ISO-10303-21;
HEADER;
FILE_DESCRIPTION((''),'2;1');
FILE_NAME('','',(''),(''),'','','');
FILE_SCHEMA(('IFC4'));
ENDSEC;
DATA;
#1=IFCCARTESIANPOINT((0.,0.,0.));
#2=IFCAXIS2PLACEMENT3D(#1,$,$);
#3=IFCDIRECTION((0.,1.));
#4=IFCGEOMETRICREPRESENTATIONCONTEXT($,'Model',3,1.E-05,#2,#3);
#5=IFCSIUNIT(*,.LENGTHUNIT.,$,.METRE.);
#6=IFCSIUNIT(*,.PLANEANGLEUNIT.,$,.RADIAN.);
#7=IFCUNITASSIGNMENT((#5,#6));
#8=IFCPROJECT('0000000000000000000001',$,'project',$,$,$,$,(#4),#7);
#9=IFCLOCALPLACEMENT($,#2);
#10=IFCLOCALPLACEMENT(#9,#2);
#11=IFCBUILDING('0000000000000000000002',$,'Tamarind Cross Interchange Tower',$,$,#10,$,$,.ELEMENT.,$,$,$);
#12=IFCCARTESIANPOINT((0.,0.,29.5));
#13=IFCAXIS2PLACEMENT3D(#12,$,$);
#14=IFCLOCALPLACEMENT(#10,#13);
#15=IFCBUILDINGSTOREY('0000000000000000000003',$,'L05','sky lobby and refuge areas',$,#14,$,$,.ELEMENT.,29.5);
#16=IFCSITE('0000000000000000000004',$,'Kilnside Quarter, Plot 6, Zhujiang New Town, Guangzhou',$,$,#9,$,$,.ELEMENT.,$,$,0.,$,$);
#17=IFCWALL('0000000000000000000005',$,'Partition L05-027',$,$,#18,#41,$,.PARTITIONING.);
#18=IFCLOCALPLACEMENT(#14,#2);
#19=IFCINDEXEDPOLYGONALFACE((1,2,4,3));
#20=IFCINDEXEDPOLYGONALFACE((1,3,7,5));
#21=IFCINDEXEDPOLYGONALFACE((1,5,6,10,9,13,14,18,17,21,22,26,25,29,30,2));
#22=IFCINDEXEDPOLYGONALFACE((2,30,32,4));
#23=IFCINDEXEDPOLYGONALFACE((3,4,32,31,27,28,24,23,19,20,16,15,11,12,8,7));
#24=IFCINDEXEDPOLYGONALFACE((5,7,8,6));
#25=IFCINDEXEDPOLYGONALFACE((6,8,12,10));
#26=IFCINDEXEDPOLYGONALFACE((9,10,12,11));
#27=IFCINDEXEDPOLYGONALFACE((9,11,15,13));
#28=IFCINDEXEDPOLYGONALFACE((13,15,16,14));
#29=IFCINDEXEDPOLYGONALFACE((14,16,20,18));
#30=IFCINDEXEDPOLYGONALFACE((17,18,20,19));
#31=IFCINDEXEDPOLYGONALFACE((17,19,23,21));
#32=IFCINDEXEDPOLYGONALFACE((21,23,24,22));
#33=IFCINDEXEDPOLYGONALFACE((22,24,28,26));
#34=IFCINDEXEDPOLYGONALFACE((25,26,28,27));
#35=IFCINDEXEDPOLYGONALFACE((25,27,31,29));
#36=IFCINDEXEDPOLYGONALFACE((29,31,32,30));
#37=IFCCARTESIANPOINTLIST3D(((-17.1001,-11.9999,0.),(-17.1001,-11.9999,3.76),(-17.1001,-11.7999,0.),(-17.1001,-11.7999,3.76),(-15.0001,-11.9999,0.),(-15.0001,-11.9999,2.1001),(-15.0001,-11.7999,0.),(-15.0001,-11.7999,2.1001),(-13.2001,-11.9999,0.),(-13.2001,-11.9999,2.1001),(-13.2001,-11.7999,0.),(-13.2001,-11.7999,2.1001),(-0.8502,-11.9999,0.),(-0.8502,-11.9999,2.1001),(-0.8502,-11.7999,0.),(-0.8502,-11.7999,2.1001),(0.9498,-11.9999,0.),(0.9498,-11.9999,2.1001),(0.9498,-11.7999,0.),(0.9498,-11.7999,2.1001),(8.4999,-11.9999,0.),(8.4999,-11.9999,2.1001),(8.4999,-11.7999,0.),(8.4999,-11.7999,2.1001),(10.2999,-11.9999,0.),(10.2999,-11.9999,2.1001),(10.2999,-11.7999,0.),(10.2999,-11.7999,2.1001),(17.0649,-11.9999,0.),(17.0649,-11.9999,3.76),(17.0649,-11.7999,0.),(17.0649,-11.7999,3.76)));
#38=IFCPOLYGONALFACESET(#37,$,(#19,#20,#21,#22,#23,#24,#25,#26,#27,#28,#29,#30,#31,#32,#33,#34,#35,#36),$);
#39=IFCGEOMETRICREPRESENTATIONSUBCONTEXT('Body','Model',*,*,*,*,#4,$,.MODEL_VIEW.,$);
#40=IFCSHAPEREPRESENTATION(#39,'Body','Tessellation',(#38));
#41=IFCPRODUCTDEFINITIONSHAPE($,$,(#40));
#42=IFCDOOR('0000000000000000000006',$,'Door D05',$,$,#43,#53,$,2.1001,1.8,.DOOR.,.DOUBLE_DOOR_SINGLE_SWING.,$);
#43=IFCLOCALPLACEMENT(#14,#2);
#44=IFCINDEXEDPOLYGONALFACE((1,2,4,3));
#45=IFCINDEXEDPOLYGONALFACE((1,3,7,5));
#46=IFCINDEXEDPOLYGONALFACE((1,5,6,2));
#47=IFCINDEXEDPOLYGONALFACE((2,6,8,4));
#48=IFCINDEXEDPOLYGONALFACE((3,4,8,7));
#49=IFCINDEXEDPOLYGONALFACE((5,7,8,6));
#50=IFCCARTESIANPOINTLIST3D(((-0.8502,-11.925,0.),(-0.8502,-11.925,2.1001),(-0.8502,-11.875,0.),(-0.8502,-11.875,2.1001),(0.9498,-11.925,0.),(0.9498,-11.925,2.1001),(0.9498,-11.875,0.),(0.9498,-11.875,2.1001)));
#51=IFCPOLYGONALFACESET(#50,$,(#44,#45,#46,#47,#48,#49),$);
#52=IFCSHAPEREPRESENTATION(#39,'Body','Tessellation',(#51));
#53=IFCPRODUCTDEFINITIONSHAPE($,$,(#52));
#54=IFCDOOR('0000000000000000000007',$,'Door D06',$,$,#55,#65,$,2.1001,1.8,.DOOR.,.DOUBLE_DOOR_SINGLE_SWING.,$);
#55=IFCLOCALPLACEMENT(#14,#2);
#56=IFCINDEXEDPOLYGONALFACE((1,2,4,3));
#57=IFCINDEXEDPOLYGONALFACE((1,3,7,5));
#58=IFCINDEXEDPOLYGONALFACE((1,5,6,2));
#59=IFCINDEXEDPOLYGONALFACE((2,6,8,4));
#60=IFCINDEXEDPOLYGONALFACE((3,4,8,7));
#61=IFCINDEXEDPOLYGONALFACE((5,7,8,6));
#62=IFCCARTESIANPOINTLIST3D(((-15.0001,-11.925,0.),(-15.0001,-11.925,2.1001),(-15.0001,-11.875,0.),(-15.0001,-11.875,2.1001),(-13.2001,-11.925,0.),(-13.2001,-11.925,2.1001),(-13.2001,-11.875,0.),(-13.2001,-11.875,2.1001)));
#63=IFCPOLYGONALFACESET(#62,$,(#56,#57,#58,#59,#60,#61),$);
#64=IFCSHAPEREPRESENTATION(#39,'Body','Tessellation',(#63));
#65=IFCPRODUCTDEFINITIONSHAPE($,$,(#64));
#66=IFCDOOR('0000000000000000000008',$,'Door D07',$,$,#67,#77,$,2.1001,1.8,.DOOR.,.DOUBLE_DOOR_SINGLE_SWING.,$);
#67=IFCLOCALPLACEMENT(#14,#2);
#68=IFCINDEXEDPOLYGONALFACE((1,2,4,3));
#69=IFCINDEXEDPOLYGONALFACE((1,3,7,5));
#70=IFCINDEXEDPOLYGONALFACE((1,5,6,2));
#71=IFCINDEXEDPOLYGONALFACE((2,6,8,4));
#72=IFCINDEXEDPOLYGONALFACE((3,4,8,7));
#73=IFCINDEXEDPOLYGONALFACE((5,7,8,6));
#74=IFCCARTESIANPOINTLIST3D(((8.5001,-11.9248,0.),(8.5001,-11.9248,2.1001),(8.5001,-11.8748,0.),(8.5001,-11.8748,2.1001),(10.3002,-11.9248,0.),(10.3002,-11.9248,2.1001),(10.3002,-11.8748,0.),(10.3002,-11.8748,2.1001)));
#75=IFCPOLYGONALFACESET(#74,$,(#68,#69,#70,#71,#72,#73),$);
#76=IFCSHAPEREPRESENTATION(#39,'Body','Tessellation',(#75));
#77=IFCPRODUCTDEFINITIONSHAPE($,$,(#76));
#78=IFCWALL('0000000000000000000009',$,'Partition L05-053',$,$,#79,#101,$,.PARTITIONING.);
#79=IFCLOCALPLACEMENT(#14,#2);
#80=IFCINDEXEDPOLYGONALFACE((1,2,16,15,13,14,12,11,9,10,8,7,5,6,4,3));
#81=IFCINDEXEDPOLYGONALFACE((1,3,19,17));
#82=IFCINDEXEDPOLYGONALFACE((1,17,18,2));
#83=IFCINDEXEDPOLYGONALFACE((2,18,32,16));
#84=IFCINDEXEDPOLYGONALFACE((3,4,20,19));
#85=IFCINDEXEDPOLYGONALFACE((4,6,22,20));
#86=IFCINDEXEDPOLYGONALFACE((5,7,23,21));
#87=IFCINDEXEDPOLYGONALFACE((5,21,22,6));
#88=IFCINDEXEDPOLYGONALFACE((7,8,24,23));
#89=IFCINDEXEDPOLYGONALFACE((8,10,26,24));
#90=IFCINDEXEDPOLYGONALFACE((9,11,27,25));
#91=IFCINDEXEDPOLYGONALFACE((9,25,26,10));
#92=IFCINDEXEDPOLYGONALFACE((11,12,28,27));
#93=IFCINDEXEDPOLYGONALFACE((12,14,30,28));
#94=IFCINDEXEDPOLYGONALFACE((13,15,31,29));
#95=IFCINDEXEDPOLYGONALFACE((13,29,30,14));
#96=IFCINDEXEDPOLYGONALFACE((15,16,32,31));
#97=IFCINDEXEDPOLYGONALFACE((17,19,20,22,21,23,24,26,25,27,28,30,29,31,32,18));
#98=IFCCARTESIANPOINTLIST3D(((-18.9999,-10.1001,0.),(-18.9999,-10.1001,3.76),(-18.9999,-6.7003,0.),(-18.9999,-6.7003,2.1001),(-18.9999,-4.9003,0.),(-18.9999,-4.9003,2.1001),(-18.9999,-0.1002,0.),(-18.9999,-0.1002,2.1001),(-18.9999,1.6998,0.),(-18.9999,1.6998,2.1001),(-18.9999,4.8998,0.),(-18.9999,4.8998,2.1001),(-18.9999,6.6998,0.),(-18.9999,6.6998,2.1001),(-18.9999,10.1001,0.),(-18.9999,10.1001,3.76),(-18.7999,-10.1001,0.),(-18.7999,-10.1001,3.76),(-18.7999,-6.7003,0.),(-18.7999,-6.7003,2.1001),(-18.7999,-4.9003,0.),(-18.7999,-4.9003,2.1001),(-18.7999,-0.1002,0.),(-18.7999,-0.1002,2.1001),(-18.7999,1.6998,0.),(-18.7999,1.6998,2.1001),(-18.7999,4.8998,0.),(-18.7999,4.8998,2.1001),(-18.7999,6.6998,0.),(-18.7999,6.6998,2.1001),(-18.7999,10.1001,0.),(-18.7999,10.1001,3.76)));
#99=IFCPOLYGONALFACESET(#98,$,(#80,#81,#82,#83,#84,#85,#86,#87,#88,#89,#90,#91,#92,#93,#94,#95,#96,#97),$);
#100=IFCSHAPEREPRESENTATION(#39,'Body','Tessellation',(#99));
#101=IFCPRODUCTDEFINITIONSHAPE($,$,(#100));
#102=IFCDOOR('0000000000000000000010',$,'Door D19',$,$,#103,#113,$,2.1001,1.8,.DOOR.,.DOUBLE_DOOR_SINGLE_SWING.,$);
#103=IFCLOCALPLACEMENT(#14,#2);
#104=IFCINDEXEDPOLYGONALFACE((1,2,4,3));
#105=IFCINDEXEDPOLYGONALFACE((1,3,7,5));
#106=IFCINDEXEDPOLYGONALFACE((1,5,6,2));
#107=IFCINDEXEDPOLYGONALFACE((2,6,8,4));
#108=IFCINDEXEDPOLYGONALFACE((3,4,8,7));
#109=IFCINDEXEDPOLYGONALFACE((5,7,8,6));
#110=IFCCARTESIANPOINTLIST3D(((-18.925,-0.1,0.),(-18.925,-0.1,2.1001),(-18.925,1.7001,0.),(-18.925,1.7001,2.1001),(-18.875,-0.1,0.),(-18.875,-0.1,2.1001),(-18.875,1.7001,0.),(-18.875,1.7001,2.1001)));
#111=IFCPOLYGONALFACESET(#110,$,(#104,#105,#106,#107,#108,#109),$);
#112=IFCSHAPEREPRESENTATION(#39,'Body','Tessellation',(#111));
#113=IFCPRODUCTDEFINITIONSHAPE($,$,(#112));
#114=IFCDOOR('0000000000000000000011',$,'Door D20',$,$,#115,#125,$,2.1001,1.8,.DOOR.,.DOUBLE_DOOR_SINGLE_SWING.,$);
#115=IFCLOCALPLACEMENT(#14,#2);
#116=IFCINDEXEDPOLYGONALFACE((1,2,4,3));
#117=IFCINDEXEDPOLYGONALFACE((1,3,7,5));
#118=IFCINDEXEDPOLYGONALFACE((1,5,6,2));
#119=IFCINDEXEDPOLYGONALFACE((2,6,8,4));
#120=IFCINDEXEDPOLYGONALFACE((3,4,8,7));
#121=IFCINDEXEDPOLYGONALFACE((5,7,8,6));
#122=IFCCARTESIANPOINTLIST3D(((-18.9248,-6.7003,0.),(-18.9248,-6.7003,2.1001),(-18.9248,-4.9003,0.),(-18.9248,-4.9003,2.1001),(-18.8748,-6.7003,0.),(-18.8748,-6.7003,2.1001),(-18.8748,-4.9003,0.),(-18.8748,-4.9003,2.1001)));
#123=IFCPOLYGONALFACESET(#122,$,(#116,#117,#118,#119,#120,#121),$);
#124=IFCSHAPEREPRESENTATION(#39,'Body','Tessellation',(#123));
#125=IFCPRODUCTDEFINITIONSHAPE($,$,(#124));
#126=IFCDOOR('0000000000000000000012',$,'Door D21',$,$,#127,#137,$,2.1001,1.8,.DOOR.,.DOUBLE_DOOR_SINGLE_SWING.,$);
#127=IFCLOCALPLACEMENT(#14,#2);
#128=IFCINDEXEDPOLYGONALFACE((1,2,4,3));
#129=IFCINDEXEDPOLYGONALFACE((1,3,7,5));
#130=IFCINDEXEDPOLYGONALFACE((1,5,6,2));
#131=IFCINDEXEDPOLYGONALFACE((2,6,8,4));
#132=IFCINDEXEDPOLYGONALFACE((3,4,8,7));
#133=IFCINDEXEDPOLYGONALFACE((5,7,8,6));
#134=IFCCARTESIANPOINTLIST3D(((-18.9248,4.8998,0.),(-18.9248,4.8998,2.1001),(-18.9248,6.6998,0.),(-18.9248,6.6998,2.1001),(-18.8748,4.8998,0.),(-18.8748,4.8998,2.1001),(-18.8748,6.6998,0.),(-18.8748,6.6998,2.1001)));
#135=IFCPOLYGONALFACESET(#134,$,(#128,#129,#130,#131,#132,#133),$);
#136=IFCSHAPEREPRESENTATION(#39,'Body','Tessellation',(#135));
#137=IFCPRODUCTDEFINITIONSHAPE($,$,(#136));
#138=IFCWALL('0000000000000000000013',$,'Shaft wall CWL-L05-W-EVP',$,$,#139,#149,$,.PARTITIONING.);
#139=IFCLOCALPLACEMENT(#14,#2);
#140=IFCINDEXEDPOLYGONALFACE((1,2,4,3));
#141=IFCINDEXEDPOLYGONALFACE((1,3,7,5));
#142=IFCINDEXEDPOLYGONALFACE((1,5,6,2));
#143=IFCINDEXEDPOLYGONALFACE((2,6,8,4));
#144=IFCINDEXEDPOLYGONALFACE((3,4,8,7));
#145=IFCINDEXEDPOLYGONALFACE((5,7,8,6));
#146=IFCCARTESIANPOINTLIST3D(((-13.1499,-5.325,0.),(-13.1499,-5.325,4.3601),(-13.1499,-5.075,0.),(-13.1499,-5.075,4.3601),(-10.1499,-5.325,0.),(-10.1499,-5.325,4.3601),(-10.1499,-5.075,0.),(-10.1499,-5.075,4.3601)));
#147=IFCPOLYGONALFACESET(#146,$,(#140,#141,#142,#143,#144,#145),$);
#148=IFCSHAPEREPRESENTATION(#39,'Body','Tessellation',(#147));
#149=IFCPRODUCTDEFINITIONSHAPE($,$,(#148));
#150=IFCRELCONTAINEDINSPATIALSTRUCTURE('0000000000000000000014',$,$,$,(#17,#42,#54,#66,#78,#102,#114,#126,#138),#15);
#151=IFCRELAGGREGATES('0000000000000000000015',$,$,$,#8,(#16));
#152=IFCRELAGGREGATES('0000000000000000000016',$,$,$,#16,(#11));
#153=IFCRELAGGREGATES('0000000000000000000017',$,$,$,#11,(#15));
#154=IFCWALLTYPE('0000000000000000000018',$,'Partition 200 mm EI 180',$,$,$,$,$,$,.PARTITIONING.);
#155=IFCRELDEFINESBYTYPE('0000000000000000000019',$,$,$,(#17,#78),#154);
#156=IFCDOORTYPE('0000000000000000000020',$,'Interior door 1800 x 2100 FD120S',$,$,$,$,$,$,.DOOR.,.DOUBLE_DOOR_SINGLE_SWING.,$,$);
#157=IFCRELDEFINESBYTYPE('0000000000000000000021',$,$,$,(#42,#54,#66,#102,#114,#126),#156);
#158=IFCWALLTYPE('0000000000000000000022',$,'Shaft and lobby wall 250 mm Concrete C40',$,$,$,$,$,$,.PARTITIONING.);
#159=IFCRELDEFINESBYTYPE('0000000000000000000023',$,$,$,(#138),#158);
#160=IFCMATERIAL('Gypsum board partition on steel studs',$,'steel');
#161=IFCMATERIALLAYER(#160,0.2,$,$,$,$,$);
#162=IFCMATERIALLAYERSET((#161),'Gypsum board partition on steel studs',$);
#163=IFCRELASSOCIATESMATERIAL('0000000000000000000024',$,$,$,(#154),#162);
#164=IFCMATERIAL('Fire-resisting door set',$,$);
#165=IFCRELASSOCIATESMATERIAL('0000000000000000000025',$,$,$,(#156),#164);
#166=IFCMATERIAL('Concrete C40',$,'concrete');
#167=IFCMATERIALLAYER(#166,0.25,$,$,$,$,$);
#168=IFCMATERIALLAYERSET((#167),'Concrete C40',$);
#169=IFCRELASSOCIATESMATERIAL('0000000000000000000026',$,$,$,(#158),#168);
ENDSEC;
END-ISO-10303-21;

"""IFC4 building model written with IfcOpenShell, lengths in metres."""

from ifc_helpers import new_model, si_unit, direction, frame, frame_2d, origin, place, context, subcontext, project, spatial, rectangle, extrude, material, layer, layer_set, type_object, element, fill, save


model = new_model("IFC4")

# Units and contexts
model_context = context("Model", 3, precision=1e-05, world=origin(), true_north=direction((0.0, 1.0)))
body_context = subcontext(model_context, "Body", "Model", "MODEL_VIEW")
ifc_project = project(units=[si_unit("LENGTHUNIT", "METRE"), si_unit("PLANEANGLEUNIT", "RADIAN")], contexts=[model_context])

# Site, building, storey
site_placement = place(None, origin())
site = spatial("IfcSite", under=ifc_project, at=site_placement, Name="Kilnside Quarter, Plot 6, Zhujiang New Town, Guangzhou", CompositionType="ELEMENT", RefElevation=0.0)
building_placement = place(site_placement, origin())
building = spatial("IfcBuilding", under=site, at=building_placement, Name="Tamarind Cross Interchange Tower", CompositionType="ELEMENT")
storey_placement = place(building_placement, frame((0.0, 0.0, 29.5)))
storey = spatial("IfcBuildingStorey", under=building, at=storey_placement, Name="L05", Description="sky lobby and refuge areas", CompositionType="ELEMENT", Elevation=29.5)

# Shared definitions
ifc_material_1 = material(Name="Gypsum board partition on steel studs", Category="steel")

# Walls, openings, doors
ifc_layer_1 = layer(ifc_material_1, 0.2)
ifc_layer_set_1 = layer_set([ifc_layer_1], Name="Gypsum board partition on steel studs")
wall_type_1 = type_object("IfcWallType", Name="Partition 200 mm EI 180", PredefinedType="PARTITIONING", material=ifc_layer_set_1)
wall_1_placement = place(storey_placement, frame((-17.1001, -11.8999, 0.0), z_axis=(0.0, 0.0, 1.0), x_axis=(1.0, 0.0, 0.0)))
wall_1 = element("IfcWall", 1, at=wall_1_placement, inside=storey, type_object=wall_type_1, Name="Partition L05-027", PredefinedType="PARTITIONING", context=body_context, shape_type="SweptSolid", body=[
    extrude(rectangle(XDim=34.165, YDim=0.2, at=frame_2d((17.0825, 0.0))), origin(), (0.0, 0.0, 1.0), 3.76),
])
opening_1_placement = place(wall_1_placement, frame((16.25, 0.0, 0.0)))
opening_1 = element("IfcOpeningElement", 2, at=opening_1_placement, cuts=wall_1, PredefinedType="OPENING", context=body_context, shape_type="SweptSolid", body=[
    extrude(rectangle(XDim=1.8, YDim=2.1001, at=frame_2d((0.8999, 1.05))), frame((0.0, 0.1099, 0.0), z_axis=(0.0, -1.0, 0.0), x_axis=(1.0, 0.0, 0.0)), (0.0, 0.0, 1.0), 0.22),
])
opening_2_placement = place(wall_1_placement, frame((2.1001, 0.0, 0.0)))
opening_2 = element("IfcOpeningElement", 3, at=opening_2_placement, cuts=wall_1, PredefinedType="OPENING", context=body_context, shape_type="SweptSolid", body=[
    extrude(rectangle(XDim=1.8, YDim=2.1001, at=frame_2d((0.8999, 1.05))), frame((0.0, 0.1099, 0.0), z_axis=(0.0, -1.0, 0.0), x_axis=(1.0, 0.0, 0.0)), (0.0, 0.0, 1.0), 0.22),
])
opening_3_placement = place(wall_1_placement, frame((25.6001, 0.0, 0.0)))
opening_3 = element("IfcOpeningElement", 4, at=opening_3_placement, cuts=wall_1, PredefinedType="OPENING", context=body_context, shape_type="SweptSolid", body=[
    extrude(rectangle(XDim=1.8, YDim=2.1001, at=frame_2d((0.8999, 1.05))), frame((0.0, 0.1099, 0.0), z_axis=(0.0, -1.0, 0.0), x_axis=(1.0, 0.0, 0.0)), (0.0, 0.0, 1.0), 0.22),
])
ifc_material_2 = material(Name="Fire-resisting door set")
door_type_1 = type_object("IfcDoorType", Name="Interior door 1800 x 2100 FD120S", OperationType="DOUBLE_DOOR_SINGLE_SWING", PredefinedType="DOOR", material=ifc_material_2)
door_1_placement = place(opening_1_placement, origin())
door_1 = element("IfcDoor", 5, at=door_1_placement, inside=storey, type_object=door_type_1, Name="Door D05", OperationType="DOUBLE_DOOR_SINGLE_SWING", OverallHeight=2.1001, OverallWidth=1.8, PredefinedType="DOOR", context=body_context, shape_type="SweptSolid", body=[
    extrude(rectangle(XDim=1.8, YDim=2.1001, at=frame_2d((0.8999, 1.05))), frame((0.0, 0.0249, 0.0), z_axis=(0.0, -1.0, 0.0), x_axis=(1.0, 0.0, 0.0)), (0.0, 0.0, 1.0), 0.05),
])
fill(opening_1, door_1)
door_2_placement = place(opening_2_placement, origin())
door_2 = element("IfcDoor", 6, at=door_2_placement, inside=storey, type_object=door_type_1, Name="Door D06", OperationType="DOUBLE_DOOR_SINGLE_SWING", OverallHeight=2.1001, OverallWidth=1.8, PredefinedType="DOOR", context=body_context, shape_type="SweptSolid", body=[
    extrude(rectangle(XDim=1.8, YDim=2.1001, at=frame_2d((0.8999, 1.05))), frame((0.0, 0.0249, 0.0), z_axis=(0.0, -1.0, 0.0), x_axis=(1.0, 0.0, 0.0)), (0.0, 0.0, 1.0), 0.05),
])
fill(opening_2, door_2)
door_3_placement = place(opening_3_placement, frame((1.8, 0.0, 0.0), z_axis=(0.0, 0.0, 1.0), x_axis=(-1.0, 0.0, 0.0)))
door_3 = element("IfcDoor", 7, at=door_3_placement, inside=storey, type_object=door_type_1, Name="Door D07", OperationType="DOUBLE_DOOR_SINGLE_SWING", OverallHeight=2.1001, OverallWidth=1.8, PredefinedType="DOOR", context=body_context, shape_type="SweptSolid", body=[
    extrude(rectangle(XDim=1.8, YDim=2.1001, at=frame_2d((0.8999, 1.05))), frame((0.0, 0.0249, 0.0), z_axis=(0.0, -1.0, 0.0), x_axis=(1.0, 0.0, 0.0)), (0.0, 0.0, 1.0), 0.05),
])
fill(opening_3, door_3)
wall_2_placement = place(storey_placement, frame((-18.8999, -10.1001, 0.0), z_axis=(0.0, 0.0, 1.0), x_axis=(0.0, 1.0, 0.0)))
wall_2 = element("IfcWall", 8, at=wall_2_placement, inside=storey, type_object=wall_type_1, Name="Partition L05-053", PredefinedType="PARTITIONING", context=body_context, shape_type="SweptSolid", body=[
    extrude(rectangle(XDim=20.2002, YDim=0.2, at=frame_2d((10.1001, 0.0))), origin(), (0.0, 0.0, 1.0), 3.76),
])
opening_4_placement = place(wall_2_placement, frame((10.0, 0.0, 0.0)))
opening_4 = element("IfcOpeningElement", 9, at=opening_4_placement, cuts=wall_2, PredefinedType="OPENING", context=body_context, shape_type="SweptSolid", body=[
    extrude(rectangle(XDim=1.8, YDim=2.1001, at=frame_2d((0.8999, 1.05))), frame((0.0, 0.1099, 0.0), z_axis=(0.0, -1.0, 0.0), x_axis=(1.0, 0.0, 0.0)), (0.0, 0.0, 1.0), 0.22),
])
opening_5_placement = place(wall_2_placement, frame((3.3999, 0.0, 0.0)))
opening_5 = element("IfcOpeningElement", 10, at=opening_5_placement, cuts=wall_2, PredefinedType="OPENING", context=body_context, shape_type="SweptSolid", body=[
    extrude(rectangle(XDim=1.8, YDim=2.1001, at=frame_2d((0.8999, 1.05))), frame((0.0, 0.1099, 0.0), z_axis=(0.0, -1.0, 0.0), x_axis=(1.0, 0.0, 0.0)), (0.0, 0.0, 1.0), 0.22),
])
opening_6_placement = place(wall_2_placement, frame((15.0, 0.0, 0.0)))
opening_6 = element("IfcOpeningElement", 11, at=opening_6_placement, cuts=wall_2, PredefinedType="OPENING", context=body_context, shape_type="SweptSolid", body=[
    extrude(rectangle(XDim=1.8, YDim=2.1001, at=frame_2d((0.8999, 1.05))), frame((0.0, 0.1099, 0.0), z_axis=(0.0, -1.0, 0.0), x_axis=(1.0, 0.0, 0.0)), (0.0, 0.0, 1.0), 0.22),
])
door_4_placement = place(opening_4_placement, frame((1.8, 0.0, 0.0), z_axis=(0.0, 0.0, 1.0), x_axis=(-1.0, 0.0, 0.0)))
door_4 = element("IfcDoor", 12, at=door_4_placement, inside=storey, type_object=door_type_1, Name="Door D19", OperationType="DOUBLE_DOOR_SINGLE_SWING", OverallHeight=2.1001, OverallWidth=1.8, PredefinedType="DOOR", context=body_context, shape_type="SweptSolid", body=[
    extrude(rectangle(XDim=1.8, YDim=2.1001, at=frame_2d((0.8999, 1.05))), frame((0.0, 0.0249, 0.0), z_axis=(0.0, -1.0, 0.0), x_axis=(1.0, 0.0, 0.0)), (0.0, 0.0, 1.0), 0.05),
])
fill(opening_4, door_4)
door_5_placement = place(opening_5_placement, origin())
door_5 = element("IfcDoor", 13, at=door_5_placement, inside=storey, type_object=door_type_1, Name="Door D20", OperationType="DOUBLE_DOOR_SINGLE_SWING", OverallHeight=2.1001, OverallWidth=1.8, PredefinedType="DOOR", context=body_context, shape_type="SweptSolid", body=[
    extrude(rectangle(XDim=1.8, YDim=2.1001, at=frame_2d((0.8999, 1.05))), frame((0.0, 0.0249, 0.0), z_axis=(0.0, -1.0, 0.0), x_axis=(1.0, 0.0, 0.0)), (0.0, 0.0, 1.0), 0.05),
])
fill(opening_5, door_5)
door_6_placement = place(opening_6_placement, origin())
door_6 = element("IfcDoor", 14, at=door_6_placement, inside=storey, type_object=door_type_1, Name="Door D21", OperationType="DOUBLE_DOOR_SINGLE_SWING", OverallHeight=2.1001, OverallWidth=1.8, PredefinedType="DOOR", context=body_context, shape_type="SweptSolid", body=[
    extrude(rectangle(XDim=1.8, YDim=2.1001, at=frame_2d((0.8999, 1.05))), frame((0.0, 0.0249, 0.0), z_axis=(0.0, -1.0, 0.0), x_axis=(1.0, 0.0, 0.0)), (0.0, 0.0, 1.0), 0.05),
])
fill(opening_6, door_6)

# Wall
ifc_material_3 = material(Name="Concrete C40", Category="concrete")
ifc_layer_2 = layer(ifc_material_3, 0.25)
ifc_layer_set_2 = layer_set([ifc_layer_2], Name="Concrete C40")
wall_type_2 = type_object("IfcWallType", Name="Shaft and lobby wall 250 mm Concrete C40", PredefinedType="PARTITIONING", material=ifc_layer_set_2)
wall_3_placement = place(storey_placement, frame((-13.1499, -5.2, 0.0), z_axis=(0.0, 0.0, 1.0), x_axis=(1.0, 0.0, 0.0)))
element("IfcWall", 15, at=wall_3_placement, inside=storey, type_object=wall_type_2, Name="Shaft wall CWL-L05-W-EVP", PredefinedType="PARTITIONING", context=body_context, shape_type="SweptSolid", body=[
    extrude(rectangle(XDim=3.0, YDim=0.25, at=frame_2d((1.5, 0.0))), origin(), (0.0, 0.0, 1.0), 4.3601),
])

save(model, "model.ifc")
